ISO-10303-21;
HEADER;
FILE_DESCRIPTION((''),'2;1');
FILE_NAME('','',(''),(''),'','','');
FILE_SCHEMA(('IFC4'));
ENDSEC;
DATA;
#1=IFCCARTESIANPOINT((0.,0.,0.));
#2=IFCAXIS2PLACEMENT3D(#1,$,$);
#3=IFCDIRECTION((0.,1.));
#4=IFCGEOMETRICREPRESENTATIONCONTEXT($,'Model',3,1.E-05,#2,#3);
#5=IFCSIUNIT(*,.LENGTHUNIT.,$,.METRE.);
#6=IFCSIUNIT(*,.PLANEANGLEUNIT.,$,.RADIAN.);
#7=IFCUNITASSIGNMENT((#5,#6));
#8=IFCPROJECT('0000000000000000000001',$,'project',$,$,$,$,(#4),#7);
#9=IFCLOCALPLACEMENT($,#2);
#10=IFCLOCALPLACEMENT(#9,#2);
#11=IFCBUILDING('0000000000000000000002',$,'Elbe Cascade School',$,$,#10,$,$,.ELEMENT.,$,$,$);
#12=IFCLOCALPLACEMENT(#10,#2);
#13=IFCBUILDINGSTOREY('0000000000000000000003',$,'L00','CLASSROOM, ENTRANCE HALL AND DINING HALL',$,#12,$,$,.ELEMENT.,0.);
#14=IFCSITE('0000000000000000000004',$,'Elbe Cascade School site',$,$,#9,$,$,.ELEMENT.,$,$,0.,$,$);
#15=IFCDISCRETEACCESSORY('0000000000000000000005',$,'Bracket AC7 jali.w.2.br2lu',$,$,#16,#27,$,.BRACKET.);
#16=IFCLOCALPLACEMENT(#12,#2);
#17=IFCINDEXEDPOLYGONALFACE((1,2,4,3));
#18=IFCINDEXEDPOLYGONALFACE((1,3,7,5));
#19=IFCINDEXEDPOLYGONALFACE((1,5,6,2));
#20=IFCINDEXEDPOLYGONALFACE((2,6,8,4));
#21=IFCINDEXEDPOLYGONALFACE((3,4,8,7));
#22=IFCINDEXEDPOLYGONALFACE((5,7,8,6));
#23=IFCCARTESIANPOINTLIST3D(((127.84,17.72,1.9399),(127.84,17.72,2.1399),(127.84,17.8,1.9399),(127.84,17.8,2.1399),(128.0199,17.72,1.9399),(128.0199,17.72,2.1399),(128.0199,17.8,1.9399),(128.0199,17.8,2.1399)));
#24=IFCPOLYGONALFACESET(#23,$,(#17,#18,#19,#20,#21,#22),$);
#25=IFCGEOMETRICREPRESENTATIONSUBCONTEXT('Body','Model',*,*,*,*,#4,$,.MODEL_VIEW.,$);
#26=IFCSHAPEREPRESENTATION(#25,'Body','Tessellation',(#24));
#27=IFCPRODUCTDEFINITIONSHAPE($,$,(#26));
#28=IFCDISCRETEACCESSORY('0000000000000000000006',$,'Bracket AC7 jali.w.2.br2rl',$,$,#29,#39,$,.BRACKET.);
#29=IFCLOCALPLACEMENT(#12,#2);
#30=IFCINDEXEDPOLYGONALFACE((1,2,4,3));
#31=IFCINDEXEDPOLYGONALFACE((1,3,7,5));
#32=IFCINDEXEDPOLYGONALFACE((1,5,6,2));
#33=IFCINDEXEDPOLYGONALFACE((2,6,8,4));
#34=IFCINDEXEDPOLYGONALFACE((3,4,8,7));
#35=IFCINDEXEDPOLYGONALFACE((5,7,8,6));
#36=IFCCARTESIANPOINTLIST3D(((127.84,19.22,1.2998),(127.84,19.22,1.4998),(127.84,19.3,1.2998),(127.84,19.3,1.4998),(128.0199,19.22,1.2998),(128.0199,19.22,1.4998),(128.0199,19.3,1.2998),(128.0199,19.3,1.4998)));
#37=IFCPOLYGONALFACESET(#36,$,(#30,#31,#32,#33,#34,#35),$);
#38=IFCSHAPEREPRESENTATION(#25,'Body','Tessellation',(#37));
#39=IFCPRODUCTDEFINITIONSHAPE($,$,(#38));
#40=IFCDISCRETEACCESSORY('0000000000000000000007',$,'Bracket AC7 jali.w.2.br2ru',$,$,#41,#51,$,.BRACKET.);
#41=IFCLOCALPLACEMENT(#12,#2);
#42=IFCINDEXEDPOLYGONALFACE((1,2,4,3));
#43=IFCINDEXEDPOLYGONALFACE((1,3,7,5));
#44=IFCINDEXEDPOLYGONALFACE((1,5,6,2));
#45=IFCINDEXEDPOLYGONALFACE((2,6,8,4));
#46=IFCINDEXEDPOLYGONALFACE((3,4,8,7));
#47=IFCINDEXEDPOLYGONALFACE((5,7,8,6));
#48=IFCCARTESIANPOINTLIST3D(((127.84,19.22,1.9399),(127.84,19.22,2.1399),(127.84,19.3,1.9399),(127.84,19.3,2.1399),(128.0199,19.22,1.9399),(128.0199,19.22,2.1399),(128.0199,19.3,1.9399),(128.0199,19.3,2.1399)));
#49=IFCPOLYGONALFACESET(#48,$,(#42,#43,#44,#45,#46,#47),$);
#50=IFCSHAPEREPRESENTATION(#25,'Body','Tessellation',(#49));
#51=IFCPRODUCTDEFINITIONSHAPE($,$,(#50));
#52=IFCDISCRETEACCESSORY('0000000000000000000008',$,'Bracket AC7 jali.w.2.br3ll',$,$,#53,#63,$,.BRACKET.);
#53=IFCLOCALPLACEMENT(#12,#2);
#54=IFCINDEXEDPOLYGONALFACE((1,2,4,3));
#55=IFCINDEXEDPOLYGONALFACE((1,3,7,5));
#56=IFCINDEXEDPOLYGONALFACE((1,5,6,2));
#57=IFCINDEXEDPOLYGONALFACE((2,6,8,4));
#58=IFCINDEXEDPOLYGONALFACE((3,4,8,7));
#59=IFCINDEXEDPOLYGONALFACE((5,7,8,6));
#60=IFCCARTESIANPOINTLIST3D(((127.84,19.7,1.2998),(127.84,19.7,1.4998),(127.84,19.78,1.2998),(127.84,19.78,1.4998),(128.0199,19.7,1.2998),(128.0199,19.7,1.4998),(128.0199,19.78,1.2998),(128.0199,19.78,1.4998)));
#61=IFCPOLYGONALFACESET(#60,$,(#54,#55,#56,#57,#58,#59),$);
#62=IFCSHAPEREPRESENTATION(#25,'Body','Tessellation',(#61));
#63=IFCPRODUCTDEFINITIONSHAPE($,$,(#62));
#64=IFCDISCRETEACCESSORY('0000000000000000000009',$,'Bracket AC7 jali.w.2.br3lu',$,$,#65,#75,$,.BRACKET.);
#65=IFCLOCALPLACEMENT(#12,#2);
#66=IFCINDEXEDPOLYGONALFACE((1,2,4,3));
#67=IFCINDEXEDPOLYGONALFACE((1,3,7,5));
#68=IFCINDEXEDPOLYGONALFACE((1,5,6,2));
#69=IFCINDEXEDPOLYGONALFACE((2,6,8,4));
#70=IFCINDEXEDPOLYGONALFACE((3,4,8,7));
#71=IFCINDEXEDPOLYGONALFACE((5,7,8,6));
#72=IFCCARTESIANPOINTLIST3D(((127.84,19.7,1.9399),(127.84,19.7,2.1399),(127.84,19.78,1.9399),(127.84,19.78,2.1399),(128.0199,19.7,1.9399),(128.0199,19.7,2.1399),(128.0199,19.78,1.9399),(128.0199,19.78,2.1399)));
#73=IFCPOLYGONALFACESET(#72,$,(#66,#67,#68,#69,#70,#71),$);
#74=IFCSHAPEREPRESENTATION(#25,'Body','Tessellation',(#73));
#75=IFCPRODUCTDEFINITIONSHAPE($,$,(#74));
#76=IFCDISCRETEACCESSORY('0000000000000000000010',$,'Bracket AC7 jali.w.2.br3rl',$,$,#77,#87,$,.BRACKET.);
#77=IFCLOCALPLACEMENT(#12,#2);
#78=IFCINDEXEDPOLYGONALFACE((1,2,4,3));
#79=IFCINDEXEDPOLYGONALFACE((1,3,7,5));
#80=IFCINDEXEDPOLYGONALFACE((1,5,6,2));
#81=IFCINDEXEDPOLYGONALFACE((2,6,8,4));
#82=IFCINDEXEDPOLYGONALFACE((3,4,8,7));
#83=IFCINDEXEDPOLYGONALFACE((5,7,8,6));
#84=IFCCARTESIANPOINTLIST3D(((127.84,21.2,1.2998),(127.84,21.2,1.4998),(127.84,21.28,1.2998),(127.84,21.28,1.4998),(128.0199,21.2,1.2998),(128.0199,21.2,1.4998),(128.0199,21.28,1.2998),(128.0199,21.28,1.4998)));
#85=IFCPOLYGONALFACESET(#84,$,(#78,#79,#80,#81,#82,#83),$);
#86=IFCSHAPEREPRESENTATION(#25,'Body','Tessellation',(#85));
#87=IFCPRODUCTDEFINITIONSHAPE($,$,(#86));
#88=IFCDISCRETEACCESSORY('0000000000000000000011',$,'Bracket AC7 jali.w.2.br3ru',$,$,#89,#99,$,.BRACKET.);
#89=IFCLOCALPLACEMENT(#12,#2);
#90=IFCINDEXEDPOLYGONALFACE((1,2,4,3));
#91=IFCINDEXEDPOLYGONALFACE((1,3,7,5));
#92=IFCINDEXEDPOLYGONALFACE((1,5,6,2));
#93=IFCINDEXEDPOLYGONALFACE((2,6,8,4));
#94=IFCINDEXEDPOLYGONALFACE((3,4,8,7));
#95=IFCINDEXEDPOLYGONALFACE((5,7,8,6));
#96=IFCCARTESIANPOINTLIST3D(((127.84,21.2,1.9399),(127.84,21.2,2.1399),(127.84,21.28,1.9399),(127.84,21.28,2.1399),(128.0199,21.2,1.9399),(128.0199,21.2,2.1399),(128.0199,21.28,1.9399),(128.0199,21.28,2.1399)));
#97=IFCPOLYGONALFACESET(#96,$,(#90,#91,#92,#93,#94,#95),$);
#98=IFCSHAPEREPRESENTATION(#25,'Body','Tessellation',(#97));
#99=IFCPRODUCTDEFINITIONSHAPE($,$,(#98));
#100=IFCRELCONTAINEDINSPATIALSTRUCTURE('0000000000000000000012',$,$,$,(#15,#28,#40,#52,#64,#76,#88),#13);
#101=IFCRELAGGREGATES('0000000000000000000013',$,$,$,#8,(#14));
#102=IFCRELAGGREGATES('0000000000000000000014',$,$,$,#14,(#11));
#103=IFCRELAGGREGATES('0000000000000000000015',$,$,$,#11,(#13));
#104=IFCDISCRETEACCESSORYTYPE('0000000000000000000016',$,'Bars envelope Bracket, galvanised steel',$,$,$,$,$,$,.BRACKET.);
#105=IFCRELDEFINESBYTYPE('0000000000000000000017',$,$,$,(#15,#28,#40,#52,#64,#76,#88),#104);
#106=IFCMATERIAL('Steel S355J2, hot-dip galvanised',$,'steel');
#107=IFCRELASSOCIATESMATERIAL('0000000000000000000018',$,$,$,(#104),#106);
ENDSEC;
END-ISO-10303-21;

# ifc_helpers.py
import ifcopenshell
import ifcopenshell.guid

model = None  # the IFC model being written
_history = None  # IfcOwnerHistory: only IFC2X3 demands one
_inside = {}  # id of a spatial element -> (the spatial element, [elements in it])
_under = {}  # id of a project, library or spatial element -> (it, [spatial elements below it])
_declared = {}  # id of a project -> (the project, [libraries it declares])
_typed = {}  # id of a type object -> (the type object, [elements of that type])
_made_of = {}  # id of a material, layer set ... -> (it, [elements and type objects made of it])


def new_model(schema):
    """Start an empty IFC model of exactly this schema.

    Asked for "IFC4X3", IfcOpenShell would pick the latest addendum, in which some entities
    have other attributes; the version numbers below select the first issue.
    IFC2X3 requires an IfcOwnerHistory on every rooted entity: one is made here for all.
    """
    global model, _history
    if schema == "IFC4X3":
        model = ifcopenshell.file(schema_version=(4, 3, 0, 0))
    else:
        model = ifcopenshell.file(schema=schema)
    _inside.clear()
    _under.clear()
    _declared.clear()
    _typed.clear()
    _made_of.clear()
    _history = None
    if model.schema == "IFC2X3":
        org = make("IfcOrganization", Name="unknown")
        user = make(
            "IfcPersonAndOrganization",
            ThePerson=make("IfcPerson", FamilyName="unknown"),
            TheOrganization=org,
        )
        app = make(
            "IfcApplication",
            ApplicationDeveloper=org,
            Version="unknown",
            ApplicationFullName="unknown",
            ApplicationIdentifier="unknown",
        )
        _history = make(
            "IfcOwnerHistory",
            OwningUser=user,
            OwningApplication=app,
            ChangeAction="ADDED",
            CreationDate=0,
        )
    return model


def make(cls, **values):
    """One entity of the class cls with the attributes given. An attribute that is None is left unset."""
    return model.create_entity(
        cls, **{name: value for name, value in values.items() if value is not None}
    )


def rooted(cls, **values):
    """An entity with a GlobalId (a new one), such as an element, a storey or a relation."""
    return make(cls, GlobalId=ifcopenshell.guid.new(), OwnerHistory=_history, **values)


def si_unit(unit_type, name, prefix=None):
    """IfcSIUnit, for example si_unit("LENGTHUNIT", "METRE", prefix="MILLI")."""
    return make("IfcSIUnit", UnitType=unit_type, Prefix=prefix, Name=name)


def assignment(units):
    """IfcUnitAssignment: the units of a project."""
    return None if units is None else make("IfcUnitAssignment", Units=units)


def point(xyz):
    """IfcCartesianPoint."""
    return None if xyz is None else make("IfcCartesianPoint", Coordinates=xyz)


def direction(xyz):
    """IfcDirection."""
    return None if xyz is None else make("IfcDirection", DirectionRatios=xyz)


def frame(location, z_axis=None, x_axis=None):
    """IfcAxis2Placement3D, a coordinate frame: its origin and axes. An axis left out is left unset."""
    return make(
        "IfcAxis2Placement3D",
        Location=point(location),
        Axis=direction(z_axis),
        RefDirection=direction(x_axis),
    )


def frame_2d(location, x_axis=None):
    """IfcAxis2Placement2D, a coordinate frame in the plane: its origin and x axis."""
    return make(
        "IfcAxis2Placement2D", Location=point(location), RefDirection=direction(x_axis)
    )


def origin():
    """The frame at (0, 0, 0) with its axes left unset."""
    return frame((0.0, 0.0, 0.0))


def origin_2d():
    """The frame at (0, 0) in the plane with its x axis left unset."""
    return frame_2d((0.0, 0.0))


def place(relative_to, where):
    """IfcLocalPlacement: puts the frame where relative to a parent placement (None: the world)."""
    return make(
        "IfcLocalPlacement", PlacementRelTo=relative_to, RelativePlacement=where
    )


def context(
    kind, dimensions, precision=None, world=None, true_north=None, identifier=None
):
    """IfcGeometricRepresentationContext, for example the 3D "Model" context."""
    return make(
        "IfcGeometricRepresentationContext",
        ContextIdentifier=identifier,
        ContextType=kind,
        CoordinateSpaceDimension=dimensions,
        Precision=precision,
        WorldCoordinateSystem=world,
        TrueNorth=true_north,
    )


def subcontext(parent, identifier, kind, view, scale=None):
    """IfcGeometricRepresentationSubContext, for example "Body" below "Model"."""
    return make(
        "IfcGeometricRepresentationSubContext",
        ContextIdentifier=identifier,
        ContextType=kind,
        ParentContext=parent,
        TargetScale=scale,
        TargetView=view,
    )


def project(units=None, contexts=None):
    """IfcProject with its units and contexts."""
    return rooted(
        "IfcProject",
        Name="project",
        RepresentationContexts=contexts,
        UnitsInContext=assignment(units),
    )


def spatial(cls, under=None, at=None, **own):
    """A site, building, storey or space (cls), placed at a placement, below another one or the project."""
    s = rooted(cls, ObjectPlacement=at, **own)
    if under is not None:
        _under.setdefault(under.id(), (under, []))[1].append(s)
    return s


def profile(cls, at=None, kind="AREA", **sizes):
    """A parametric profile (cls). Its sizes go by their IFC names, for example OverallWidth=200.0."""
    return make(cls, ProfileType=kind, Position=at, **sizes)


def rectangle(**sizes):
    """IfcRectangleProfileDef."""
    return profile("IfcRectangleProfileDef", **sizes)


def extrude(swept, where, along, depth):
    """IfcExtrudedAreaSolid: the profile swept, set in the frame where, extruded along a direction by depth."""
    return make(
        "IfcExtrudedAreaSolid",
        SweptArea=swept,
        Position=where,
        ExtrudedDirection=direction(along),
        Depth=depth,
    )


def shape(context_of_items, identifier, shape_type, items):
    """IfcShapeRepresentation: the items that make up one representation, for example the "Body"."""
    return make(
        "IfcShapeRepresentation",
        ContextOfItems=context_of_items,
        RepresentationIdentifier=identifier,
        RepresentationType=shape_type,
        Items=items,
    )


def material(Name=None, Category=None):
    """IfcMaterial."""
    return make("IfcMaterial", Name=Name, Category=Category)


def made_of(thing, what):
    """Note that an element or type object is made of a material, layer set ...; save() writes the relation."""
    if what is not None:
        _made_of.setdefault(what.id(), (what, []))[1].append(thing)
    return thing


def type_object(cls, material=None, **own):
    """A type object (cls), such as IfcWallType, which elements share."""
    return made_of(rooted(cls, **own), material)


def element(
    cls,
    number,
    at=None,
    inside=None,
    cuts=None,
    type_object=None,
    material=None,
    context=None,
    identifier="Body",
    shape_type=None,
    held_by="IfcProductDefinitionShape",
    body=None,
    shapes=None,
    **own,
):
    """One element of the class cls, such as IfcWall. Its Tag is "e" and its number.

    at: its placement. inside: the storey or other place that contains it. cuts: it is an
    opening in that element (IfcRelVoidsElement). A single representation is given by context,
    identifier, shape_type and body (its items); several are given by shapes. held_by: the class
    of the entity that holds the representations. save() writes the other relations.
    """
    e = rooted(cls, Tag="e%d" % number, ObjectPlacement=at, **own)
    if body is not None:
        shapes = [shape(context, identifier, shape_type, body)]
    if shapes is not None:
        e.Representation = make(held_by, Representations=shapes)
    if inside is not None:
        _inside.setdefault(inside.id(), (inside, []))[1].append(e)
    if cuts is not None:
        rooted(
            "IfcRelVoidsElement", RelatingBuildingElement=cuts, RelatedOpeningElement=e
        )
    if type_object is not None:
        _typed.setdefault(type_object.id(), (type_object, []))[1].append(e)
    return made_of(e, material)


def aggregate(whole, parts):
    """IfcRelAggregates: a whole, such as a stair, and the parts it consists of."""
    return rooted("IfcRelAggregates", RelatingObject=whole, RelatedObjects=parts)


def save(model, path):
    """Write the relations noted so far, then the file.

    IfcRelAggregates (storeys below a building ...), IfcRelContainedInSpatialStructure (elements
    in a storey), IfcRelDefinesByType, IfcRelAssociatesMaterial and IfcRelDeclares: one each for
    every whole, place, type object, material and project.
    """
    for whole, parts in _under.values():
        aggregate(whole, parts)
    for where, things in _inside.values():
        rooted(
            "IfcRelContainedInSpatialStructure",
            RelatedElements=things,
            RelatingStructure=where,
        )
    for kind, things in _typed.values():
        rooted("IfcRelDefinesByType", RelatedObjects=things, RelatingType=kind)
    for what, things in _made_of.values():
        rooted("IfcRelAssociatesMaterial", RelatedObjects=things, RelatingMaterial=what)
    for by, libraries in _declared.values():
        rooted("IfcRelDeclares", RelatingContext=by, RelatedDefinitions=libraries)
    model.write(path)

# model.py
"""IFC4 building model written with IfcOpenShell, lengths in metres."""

from ifc_helpers import new_model, si_unit, direction, frame, origin, origin_2d, place, context, subcontext, project, spatial, rectangle, extrude, material, type_object, element, save


model = new_model("IFC4")

# Units and contexts
model_context = context("Model", 3, precision=1e-05, world=origin(), true_north=direction((0.0, 1.0)))
body_context = subcontext(model_context, "Body", "Model", "MODEL_VIEW")
ifc_project = project(units=[si_unit("LENGTHUNIT", "METRE"), si_unit("PLANEANGLEUNIT", "RADIAN")], contexts=[model_context])

# Site, building, storey
site_placement = place(None, origin())
site = spatial("IfcSite", under=ifc_project, at=site_placement, Name="Elbe Cascade School site", CompositionType="ELEMENT", RefElevation=0.0)
building_placement = place(site_placement, origin())
building = spatial("IfcBuilding", under=site, at=building_placement, Name="Elbe Cascade School", CompositionType="ELEMENT")
storey_placement = place(building_placement, origin())
storey = spatial("IfcBuildingStorey", under=building, at=storey_placement, Name="L00", Description="CLASSROOM, ENTRANCE HALL AND DINING HALL", CompositionType="ELEMENT", Elevation=0.0)

# Discrete accessories
ifc_material_1 = material(Name="Steel S355J2, hot-dip galvanised", Category="steel")
discrete_accessory_type = type_object("IfcDiscreteAccessoryType", Name="Bars envelope Bracket, galvanised steel", PredefinedType="BRACKET", material=ifc_material_1)
for number, where, z_axis, x_axis, name in (
    (1, (127.9299, 17.76, 1.9399), (0.0, 0.0, 1.0), (0.0, 1.0, 0.0), "Bracket AC7 jali.w.2.br2lu"),
    (2, (127.9299, 19.26, 1.2998), (0.0, 0.0, 1.0), (0.0, 1.0, 0.0), "Bracket AC7 jali.w.2.br2rl"),
    (3, (127.9299, 19.26, 1.9399), (0.0, 0.0, 1.0), (0.0, 1.0, 0.0), "Bracket AC7 jali.w.2.br2ru"),
    (4, (127.9299, 19.74, 1.2998), (0.0, 0.0, 1.0), (0.0, 1.0, 0.0), "Bracket AC7 jali.w.2.br3ll"),
    (5, (127.9299, 19.74, 1.9399), (0.0, 0.0, 1.0), (0.0, 1.0, 0.0), "Bracket AC7 jali.w.2.br3lu"),
    (6, (127.9299, 21.24, 1.2998), (0.0, 0.0, 1.0), (0.0, 1.0, 0.0), "Bracket AC7 jali.w.2.br3rl"),
    (7, (127.9299, 21.24, 1.9399), (0.0, 0.0, 1.0), (0.0, 1.0, 0.0), "Bracket AC7 jali.w.2.br3ru"),
):
    element("IfcDiscreteAccessory", number, at=place(storey_placement, frame(where, z_axis=z_axis, x_axis=x_axis)), inside=storey, type_object=discrete_accessory_type, Name=name, PredefinedType="BRACKET", context=body_context, shape_type="SweptSolid", body=[
        extrude(rectangle(XDim=0.0801, YDim=0.1799, at=origin_2d()), origin(), (0.0, 0.0, 1.0), 0.2),
    ])

save(model, "model.ifc")
